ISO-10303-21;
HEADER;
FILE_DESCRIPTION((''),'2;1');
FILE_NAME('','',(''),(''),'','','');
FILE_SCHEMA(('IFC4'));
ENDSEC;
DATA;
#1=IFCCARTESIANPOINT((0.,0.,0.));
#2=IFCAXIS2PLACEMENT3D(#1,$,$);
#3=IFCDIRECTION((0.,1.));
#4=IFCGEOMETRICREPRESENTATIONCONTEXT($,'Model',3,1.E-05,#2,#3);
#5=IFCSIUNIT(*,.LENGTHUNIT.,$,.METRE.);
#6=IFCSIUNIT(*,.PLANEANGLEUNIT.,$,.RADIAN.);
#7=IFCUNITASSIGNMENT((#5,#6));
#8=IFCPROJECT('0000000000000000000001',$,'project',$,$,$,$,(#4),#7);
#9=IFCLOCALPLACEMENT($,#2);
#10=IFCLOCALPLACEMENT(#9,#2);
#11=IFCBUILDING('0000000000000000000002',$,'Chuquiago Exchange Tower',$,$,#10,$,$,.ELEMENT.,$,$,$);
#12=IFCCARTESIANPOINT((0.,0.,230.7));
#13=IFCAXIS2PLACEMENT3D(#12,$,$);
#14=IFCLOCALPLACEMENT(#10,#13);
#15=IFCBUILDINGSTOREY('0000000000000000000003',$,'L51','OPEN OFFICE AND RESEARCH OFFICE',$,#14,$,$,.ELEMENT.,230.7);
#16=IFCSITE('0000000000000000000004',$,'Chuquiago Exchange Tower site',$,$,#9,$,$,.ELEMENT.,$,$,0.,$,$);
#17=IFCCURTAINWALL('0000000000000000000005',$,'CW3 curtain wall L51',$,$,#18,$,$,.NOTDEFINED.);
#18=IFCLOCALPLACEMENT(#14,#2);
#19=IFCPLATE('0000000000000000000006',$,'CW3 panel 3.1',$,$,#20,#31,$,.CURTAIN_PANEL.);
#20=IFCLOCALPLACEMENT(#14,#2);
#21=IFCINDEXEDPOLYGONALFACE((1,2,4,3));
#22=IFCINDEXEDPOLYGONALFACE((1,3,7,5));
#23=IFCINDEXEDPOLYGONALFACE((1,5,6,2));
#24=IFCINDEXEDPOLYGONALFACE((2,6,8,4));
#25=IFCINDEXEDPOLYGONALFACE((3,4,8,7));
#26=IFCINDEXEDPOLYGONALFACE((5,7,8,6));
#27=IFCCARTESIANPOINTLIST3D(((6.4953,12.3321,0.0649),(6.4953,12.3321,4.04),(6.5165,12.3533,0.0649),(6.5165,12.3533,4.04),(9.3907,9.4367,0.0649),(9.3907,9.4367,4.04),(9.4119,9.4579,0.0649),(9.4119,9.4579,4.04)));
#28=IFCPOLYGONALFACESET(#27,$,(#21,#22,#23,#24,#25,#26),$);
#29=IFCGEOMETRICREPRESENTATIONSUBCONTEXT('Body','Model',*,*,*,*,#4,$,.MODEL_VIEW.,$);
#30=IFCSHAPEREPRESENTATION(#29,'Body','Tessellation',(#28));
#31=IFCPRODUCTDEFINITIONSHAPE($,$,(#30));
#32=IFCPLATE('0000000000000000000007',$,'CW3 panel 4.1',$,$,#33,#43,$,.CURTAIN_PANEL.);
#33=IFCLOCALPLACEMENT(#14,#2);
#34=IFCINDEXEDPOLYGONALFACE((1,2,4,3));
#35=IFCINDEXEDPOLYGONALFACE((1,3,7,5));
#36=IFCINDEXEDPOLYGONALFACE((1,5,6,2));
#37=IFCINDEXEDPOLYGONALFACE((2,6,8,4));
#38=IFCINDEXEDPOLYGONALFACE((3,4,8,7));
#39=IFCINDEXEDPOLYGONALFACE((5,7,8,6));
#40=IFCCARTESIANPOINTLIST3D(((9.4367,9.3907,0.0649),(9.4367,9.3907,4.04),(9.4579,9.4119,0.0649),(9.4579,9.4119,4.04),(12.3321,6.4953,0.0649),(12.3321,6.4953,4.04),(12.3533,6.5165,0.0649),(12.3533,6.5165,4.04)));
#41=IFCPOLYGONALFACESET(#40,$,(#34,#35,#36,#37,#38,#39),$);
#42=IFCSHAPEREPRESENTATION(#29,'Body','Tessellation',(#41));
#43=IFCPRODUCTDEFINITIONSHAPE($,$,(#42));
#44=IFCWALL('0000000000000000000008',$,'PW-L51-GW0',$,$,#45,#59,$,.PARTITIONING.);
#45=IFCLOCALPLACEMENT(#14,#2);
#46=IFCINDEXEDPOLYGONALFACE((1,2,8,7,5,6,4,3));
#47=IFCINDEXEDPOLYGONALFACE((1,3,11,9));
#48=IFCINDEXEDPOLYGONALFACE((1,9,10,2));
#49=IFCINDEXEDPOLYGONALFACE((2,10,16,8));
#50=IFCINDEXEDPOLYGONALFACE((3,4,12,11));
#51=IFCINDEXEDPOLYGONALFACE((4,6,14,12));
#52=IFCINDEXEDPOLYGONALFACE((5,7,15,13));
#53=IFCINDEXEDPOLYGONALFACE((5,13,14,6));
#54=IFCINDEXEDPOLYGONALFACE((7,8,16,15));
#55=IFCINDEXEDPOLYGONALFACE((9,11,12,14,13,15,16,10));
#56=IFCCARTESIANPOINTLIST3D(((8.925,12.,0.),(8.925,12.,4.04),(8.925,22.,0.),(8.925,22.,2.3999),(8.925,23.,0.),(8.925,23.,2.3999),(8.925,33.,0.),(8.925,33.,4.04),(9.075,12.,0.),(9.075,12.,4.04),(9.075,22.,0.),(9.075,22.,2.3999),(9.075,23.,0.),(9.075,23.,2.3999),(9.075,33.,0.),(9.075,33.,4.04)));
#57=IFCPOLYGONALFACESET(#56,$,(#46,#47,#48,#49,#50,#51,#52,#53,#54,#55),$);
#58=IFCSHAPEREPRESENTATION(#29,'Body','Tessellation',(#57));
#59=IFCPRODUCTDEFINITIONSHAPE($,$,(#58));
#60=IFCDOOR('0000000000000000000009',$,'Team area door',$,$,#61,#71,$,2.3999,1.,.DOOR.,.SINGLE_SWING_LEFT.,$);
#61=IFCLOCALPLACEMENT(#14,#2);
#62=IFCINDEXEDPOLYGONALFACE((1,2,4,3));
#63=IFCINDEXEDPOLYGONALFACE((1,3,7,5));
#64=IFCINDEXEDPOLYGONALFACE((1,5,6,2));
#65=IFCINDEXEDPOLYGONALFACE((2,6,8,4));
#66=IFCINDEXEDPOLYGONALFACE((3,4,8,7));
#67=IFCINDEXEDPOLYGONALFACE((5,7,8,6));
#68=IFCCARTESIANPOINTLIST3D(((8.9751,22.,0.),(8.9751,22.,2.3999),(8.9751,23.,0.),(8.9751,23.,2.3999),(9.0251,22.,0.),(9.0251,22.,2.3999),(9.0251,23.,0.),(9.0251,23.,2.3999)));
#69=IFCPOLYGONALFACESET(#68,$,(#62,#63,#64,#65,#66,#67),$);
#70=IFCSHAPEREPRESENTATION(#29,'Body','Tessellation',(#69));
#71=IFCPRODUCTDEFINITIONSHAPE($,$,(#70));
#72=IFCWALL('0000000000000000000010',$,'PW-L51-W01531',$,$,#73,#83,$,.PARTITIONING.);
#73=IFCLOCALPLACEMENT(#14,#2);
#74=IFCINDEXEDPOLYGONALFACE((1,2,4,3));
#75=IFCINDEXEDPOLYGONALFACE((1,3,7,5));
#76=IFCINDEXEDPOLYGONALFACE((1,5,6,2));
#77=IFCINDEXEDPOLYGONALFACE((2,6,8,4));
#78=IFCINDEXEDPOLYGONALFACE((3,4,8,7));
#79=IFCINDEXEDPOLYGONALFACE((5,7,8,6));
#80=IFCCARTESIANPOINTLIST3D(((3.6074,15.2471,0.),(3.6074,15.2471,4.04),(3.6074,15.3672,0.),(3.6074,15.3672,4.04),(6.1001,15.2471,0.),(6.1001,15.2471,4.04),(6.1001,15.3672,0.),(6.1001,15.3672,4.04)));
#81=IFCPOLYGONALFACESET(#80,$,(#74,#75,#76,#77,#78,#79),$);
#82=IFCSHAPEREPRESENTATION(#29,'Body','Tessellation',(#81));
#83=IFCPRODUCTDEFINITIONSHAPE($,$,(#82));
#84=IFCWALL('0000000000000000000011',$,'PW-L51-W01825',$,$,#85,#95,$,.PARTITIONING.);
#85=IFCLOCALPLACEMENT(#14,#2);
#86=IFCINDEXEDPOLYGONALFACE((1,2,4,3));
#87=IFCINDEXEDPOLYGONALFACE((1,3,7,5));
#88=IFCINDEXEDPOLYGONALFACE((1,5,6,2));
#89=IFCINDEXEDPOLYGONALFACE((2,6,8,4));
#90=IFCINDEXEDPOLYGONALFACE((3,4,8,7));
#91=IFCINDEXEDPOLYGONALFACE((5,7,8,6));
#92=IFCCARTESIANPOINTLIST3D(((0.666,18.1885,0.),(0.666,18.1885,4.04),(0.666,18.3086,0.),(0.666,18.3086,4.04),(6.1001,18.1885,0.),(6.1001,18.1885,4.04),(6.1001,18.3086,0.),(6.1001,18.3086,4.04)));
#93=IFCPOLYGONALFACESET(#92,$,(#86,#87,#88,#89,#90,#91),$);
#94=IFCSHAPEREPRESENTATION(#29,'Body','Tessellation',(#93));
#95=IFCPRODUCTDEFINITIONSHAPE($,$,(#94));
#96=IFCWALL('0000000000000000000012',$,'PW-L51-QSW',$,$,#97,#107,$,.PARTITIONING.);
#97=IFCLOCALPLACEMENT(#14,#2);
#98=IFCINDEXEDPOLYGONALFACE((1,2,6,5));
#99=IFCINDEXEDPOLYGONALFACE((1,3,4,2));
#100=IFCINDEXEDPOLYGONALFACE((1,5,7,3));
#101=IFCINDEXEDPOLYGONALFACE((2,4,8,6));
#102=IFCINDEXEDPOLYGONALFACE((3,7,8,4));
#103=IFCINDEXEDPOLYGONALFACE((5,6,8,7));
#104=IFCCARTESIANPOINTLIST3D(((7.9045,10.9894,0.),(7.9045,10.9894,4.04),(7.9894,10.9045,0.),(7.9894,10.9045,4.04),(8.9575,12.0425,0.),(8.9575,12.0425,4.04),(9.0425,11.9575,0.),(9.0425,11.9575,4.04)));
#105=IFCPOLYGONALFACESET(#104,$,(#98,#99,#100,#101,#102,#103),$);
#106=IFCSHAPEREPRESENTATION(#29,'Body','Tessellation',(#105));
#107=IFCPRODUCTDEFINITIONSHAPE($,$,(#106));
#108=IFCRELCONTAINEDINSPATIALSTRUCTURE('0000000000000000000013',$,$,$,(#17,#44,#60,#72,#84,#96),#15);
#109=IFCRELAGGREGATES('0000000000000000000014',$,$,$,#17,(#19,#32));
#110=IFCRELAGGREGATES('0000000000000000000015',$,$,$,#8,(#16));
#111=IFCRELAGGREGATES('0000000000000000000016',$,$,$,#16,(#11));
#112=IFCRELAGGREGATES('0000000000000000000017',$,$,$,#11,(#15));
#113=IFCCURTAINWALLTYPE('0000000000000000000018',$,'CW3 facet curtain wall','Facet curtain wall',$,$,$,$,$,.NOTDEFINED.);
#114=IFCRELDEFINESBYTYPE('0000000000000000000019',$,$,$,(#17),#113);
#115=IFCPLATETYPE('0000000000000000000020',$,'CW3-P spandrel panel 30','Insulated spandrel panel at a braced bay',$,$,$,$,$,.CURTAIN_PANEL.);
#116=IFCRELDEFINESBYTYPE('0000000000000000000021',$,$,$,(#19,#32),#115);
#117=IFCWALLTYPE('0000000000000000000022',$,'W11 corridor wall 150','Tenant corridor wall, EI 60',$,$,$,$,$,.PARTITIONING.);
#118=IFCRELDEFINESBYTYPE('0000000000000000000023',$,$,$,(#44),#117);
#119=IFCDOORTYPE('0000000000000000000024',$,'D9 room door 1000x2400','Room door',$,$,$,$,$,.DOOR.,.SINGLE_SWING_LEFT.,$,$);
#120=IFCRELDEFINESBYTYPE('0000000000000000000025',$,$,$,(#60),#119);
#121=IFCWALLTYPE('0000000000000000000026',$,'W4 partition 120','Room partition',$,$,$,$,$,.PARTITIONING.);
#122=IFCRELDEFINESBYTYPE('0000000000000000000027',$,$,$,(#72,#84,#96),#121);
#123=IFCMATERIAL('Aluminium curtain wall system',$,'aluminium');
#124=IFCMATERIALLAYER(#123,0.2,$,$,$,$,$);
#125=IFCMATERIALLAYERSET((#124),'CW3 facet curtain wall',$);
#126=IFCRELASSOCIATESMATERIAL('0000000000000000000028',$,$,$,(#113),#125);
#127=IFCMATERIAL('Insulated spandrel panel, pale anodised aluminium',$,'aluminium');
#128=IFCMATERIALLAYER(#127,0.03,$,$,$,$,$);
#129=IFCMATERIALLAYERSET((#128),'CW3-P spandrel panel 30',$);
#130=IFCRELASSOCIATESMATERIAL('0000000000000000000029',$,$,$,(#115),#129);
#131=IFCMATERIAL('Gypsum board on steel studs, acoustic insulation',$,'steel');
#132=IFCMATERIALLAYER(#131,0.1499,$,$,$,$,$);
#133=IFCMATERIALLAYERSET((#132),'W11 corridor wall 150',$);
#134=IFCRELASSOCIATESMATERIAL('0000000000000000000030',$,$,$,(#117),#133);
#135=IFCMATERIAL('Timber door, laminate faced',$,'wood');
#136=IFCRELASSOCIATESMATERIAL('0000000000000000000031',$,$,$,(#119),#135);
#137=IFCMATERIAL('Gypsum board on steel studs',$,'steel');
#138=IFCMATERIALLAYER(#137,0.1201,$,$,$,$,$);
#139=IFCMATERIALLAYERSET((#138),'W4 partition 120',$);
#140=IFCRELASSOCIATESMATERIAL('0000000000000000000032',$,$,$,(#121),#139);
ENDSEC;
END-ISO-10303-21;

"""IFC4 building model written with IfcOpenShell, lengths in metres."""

from ifc_helpers import new_model, si_unit, direction, frame, frame_2d, origin, origin_2d, place, context, subcontext, project, spatial, rectangle, extrude, material, layer, layer_set, type_object, element, fill, aggregate, save


model = new_model("IFC4")

# Units and contexts
model_context = context("Model", 3, precision=1e-05, world=origin(), true_north=direction((0.0, 1.0)))
body_context = subcontext(model_context, "Body", "Model", "MODEL_VIEW")
ifc_project = project(units=[si_unit("LENGTHUNIT", "METRE"), si_unit("PLANEANGLEUNIT", "RADIAN")], contexts=[model_context])

# Site, building, storey
site_placement = place(None, origin())
site = spatial("IfcSite", under=ifc_project, at=site_placement, Name="Chuquiago Exchange Tower site", CompositionType="ELEMENT", RefElevation=0.0)
building_placement = place(site_placement, origin())
building = spatial("IfcBuilding", under=site, at=building_placement, Name="Chuquiago Exchange Tower", CompositionType="ELEMENT")
storey_placement = place(building_placement, frame((0.0, 0.0, 230.7)))
storey = spatial("IfcBuildingStorey", under=building, at=storey_placement, Name="L51", Description="OPEN OFFICE AND RESEARCH OFFICE", CompositionType="ELEMENT", Elevation=230.7)

# Curtain wall
ifc_material_1 = material(Name="Aluminium curtain wall system", Category="aluminium")
ifc_layer_1 = layer(ifc_material_1, 0.2)
ifc_layer_set_1 = layer_set([ifc_layer_1], Name="CW3 facet curtain wall")
curtain_wall_type_1 = type_object("IfcCurtainWallType", Name="CW3 facet curtain wall", Description="Facet curtain wall", PredefinedType="NOTDEFINED", material=ifc_layer_set_1)
curtain_wall_1_placement = place(storey_placement, origin())
curtain_wall_1 = element("IfcCurtainWall", 1, at=curtain_wall_1_placement, inside=storey, type_object=curtain_wall_type_1, Name="CW3 curtain wall L51", PredefinedType="NOTDEFINED")

# Plates
ifc_material_2 = material(Name="Insulated spandrel panel, pale anodised aluminium", Category="aluminium")
ifc_layer_2 = layer(ifc_material_2, 0.03)
ifc_layer_set_2 = layer_set([ifc_layer_2], Name="CW3-P spandrel panel 30")
plate_type = type_object("IfcPlateType", Name="CW3-P spandrel panel 30", Description="Insulated spandrel panel at a braced bay", PredefinedType="CURTAIN_PANEL", material=ifc_layer_set_2)
plate_1_placement = place(storey_placement, frame((7.9536, 10.895, 0.0649), z_axis=(0.0, 0.0, 1.0), x_axis=(0.707107, -0.707107, 0.0)))
plate_1 = element("IfcPlate", 2, at=plate_1_placement, type_object=plate_type, Name="CW3 panel 3.1", PredefinedType="CURTAIN_PANEL", context=body_context, shape_type="SweptSolid", body=[
    extrude(rectangle(XDim=4.0947, YDim=0.03, at=origin_2d()), origin(), (0.0, 0.0, 1.0), 3.9751),
])
plate_2_placement = place(storey_placement, frame((10.895, 7.9536, 0.0649), z_axis=(0.0, 0.0, 1.0), x_axis=(0.707107, -0.707107, 0.0)))
plate_2 = element("IfcPlate", 3, at=plate_2_placement, type_object=plate_type, Name="CW3 panel 4.1", PredefinedType="CURTAIN_PANEL", context=body_context, shape_type="SweptSolid", body=[
    extrude(rectangle(XDim=4.0947, YDim=0.03, at=origin_2d()), origin(), (0.0, 0.0, 1.0), 3.9751),
])
aggregate(curtain_wall_1, [plate_1, plate_2])

# Wall, opening, door
ifc_material_3 = material(Name="Gypsum board on steel studs, acoustic insulation", Category="steel")
ifc_layer_3 = layer(ifc_material_3, 0.1499)
ifc_layer_set_3 = layer_set([ifc_layer_3], Name="W11 corridor wall 150")
wall_type_1 = type_object("IfcWallType", Name="W11 corridor wall 150", Description="Tenant corridor wall, EI 60", PredefinedType="PARTITIONING", material=ifc_layer_set_3)
wall_1_placement = place(storey_placement, frame((9.0, 12.0, 0.0), z_axis=(0.0, 0.0, 1.0), x_axis=(0.0, 1.0, 0.0)))
wall_1 = element("IfcWall", 4, at=wall_1_placement, inside=storey, type_object=wall_type_1, Name="PW-L51-GW0", PredefinedType="PARTITIONING", context=body_context, shape_type="SweptSolid", body=[
    extrude(rectangle(XDim=21.0, YDim=0.1499, at=frame_2d((10.5, 0.0))), origin(), (0.0, 0.0, 1.0), 4.04),
])
opening_1_placement = place(wall_1_placement, frame((10.0, 0.0, 0.0)))
opening_1 = element("IfcOpeningElement", 5, at=opening_1_placement, cuts=wall_1, PredefinedType="OPENING", context=body_context, shape_type="SweptSolid", body=[
    extrude(rectangle(XDim=1.0, YDim=2.3999, at=frame_2d((0.5, 1.2))), frame((0.0, 0.085, 0.0), z_axis=(0.0, -1.0, 0.0), x_axis=(1.0, 0.0, 0.0)), (0.0, 0.0, 1.0), 0.1699),
])
ifc_material_4 = material(Name="Timber door, laminate faced", Category="wood")
door_type_1 = type_object("IfcDoorType", Name="D9 room door 1000x2400", Description="Room door", OperationType="SINGLE_SWING_LEFT", PredefinedType="DOOR", material=ifc_material_4)
door_1_placement = place(opening_1_placement, origin())
door_1 = element("IfcDoor", 6, at=door_1_placement, inside=storey, type_object=door_type_1, Name="Team area door", OperationType="SINGLE_SWING_LEFT", OverallHeight=2.3999, OverallWidth=1.0, PredefinedType="DOOR", context=body_context, shape_type="SweptSolid", body=[
    extrude(rectangle(XDim=1.0, YDim=2.3999, at=frame_2d((0.5, 1.2))), frame((0.0, 0.0249, 0.0), z_axis=(0.0, -1.0, 0.0), x_axis=(1.0, 0.0, 0.0)), (0.0, 0.0, 1.0), 0.05),
])
fill(opening_1, door_1)

# Walls
ifc_material_5 = material(Name="Gypsum board on steel studs", Category="steel")
ifc_layer_4 = layer(ifc_material_5, 0.1201)
ifc_layer_set_4 = layer_set([ifc_layer_4], Name="W4 partition 120")
wall_type_2 = type_object("IfcWallType", Name="W4 partition 120", Description="Room partition", PredefinedType="PARTITIONING", material=ifc_layer_set_4)
wall_2_placement = place(storey_placement, frame((3.6074, 15.3071, 0.0), z_axis=(0.0, 0.0, 1.0), x_axis=(1.0, 0.0, 0.0)))
element("IfcWall", 7, at=wall_2_placement, inside=storey, type_object=wall_type_2, Name="PW-L51-W01531", PredefinedType="PARTITIONING", context=body_context, shape_type="SweptSolid", body=[
    extrude(rectangle(XDim=2.4927, YDim=0.1201, at=frame_2d((1.2463, 0.0))), origin(), (0.0, 0.0, 1.0), 4.04),
])
wall_3_placement = place(storey_placement, frame((0.666, 18.2485, 0.0), z_axis=(0.0, 0.0, 1.0), x_axis=(1.0, 0.0, 0.0)))
element("IfcWall", 8, at=wall_3_placement, inside=storey, type_object=wall_type_2, Name="PW-L51-W01825", PredefinedType="PARTITIONING", context=body_context, shape_type="SweptSolid", body=[
    extrude(rectangle(XDim=5.4341, YDim=0.1201, at=frame_2d((2.717, 0.0))), origin(), (0.0, 0.0, 1.0), 4.04),
])

# Wall
wall_4_placement = place(storey_placement, frame((9.0, 12.0, 0.0), z_axis=(0.0, 0.0, 1.0), x_axis=(-0.707107, -0.707107, 0.0)))
element("IfcWall", 9, at=wall_4_placement, inside=storey, type_object=wall_type_2, Name="PW-L51-QSW", PredefinedType="PARTITIONING", context=body_context, shape_type="SweptSolid", body=[
    extrude(rectangle(XDim=1.4893, YDim=0.1201, at=frame_2d((0.7446, 0.0))), origin(), (0.0, 0.0, 1.0), 4.04),
])

save(model, "model.ifc")
